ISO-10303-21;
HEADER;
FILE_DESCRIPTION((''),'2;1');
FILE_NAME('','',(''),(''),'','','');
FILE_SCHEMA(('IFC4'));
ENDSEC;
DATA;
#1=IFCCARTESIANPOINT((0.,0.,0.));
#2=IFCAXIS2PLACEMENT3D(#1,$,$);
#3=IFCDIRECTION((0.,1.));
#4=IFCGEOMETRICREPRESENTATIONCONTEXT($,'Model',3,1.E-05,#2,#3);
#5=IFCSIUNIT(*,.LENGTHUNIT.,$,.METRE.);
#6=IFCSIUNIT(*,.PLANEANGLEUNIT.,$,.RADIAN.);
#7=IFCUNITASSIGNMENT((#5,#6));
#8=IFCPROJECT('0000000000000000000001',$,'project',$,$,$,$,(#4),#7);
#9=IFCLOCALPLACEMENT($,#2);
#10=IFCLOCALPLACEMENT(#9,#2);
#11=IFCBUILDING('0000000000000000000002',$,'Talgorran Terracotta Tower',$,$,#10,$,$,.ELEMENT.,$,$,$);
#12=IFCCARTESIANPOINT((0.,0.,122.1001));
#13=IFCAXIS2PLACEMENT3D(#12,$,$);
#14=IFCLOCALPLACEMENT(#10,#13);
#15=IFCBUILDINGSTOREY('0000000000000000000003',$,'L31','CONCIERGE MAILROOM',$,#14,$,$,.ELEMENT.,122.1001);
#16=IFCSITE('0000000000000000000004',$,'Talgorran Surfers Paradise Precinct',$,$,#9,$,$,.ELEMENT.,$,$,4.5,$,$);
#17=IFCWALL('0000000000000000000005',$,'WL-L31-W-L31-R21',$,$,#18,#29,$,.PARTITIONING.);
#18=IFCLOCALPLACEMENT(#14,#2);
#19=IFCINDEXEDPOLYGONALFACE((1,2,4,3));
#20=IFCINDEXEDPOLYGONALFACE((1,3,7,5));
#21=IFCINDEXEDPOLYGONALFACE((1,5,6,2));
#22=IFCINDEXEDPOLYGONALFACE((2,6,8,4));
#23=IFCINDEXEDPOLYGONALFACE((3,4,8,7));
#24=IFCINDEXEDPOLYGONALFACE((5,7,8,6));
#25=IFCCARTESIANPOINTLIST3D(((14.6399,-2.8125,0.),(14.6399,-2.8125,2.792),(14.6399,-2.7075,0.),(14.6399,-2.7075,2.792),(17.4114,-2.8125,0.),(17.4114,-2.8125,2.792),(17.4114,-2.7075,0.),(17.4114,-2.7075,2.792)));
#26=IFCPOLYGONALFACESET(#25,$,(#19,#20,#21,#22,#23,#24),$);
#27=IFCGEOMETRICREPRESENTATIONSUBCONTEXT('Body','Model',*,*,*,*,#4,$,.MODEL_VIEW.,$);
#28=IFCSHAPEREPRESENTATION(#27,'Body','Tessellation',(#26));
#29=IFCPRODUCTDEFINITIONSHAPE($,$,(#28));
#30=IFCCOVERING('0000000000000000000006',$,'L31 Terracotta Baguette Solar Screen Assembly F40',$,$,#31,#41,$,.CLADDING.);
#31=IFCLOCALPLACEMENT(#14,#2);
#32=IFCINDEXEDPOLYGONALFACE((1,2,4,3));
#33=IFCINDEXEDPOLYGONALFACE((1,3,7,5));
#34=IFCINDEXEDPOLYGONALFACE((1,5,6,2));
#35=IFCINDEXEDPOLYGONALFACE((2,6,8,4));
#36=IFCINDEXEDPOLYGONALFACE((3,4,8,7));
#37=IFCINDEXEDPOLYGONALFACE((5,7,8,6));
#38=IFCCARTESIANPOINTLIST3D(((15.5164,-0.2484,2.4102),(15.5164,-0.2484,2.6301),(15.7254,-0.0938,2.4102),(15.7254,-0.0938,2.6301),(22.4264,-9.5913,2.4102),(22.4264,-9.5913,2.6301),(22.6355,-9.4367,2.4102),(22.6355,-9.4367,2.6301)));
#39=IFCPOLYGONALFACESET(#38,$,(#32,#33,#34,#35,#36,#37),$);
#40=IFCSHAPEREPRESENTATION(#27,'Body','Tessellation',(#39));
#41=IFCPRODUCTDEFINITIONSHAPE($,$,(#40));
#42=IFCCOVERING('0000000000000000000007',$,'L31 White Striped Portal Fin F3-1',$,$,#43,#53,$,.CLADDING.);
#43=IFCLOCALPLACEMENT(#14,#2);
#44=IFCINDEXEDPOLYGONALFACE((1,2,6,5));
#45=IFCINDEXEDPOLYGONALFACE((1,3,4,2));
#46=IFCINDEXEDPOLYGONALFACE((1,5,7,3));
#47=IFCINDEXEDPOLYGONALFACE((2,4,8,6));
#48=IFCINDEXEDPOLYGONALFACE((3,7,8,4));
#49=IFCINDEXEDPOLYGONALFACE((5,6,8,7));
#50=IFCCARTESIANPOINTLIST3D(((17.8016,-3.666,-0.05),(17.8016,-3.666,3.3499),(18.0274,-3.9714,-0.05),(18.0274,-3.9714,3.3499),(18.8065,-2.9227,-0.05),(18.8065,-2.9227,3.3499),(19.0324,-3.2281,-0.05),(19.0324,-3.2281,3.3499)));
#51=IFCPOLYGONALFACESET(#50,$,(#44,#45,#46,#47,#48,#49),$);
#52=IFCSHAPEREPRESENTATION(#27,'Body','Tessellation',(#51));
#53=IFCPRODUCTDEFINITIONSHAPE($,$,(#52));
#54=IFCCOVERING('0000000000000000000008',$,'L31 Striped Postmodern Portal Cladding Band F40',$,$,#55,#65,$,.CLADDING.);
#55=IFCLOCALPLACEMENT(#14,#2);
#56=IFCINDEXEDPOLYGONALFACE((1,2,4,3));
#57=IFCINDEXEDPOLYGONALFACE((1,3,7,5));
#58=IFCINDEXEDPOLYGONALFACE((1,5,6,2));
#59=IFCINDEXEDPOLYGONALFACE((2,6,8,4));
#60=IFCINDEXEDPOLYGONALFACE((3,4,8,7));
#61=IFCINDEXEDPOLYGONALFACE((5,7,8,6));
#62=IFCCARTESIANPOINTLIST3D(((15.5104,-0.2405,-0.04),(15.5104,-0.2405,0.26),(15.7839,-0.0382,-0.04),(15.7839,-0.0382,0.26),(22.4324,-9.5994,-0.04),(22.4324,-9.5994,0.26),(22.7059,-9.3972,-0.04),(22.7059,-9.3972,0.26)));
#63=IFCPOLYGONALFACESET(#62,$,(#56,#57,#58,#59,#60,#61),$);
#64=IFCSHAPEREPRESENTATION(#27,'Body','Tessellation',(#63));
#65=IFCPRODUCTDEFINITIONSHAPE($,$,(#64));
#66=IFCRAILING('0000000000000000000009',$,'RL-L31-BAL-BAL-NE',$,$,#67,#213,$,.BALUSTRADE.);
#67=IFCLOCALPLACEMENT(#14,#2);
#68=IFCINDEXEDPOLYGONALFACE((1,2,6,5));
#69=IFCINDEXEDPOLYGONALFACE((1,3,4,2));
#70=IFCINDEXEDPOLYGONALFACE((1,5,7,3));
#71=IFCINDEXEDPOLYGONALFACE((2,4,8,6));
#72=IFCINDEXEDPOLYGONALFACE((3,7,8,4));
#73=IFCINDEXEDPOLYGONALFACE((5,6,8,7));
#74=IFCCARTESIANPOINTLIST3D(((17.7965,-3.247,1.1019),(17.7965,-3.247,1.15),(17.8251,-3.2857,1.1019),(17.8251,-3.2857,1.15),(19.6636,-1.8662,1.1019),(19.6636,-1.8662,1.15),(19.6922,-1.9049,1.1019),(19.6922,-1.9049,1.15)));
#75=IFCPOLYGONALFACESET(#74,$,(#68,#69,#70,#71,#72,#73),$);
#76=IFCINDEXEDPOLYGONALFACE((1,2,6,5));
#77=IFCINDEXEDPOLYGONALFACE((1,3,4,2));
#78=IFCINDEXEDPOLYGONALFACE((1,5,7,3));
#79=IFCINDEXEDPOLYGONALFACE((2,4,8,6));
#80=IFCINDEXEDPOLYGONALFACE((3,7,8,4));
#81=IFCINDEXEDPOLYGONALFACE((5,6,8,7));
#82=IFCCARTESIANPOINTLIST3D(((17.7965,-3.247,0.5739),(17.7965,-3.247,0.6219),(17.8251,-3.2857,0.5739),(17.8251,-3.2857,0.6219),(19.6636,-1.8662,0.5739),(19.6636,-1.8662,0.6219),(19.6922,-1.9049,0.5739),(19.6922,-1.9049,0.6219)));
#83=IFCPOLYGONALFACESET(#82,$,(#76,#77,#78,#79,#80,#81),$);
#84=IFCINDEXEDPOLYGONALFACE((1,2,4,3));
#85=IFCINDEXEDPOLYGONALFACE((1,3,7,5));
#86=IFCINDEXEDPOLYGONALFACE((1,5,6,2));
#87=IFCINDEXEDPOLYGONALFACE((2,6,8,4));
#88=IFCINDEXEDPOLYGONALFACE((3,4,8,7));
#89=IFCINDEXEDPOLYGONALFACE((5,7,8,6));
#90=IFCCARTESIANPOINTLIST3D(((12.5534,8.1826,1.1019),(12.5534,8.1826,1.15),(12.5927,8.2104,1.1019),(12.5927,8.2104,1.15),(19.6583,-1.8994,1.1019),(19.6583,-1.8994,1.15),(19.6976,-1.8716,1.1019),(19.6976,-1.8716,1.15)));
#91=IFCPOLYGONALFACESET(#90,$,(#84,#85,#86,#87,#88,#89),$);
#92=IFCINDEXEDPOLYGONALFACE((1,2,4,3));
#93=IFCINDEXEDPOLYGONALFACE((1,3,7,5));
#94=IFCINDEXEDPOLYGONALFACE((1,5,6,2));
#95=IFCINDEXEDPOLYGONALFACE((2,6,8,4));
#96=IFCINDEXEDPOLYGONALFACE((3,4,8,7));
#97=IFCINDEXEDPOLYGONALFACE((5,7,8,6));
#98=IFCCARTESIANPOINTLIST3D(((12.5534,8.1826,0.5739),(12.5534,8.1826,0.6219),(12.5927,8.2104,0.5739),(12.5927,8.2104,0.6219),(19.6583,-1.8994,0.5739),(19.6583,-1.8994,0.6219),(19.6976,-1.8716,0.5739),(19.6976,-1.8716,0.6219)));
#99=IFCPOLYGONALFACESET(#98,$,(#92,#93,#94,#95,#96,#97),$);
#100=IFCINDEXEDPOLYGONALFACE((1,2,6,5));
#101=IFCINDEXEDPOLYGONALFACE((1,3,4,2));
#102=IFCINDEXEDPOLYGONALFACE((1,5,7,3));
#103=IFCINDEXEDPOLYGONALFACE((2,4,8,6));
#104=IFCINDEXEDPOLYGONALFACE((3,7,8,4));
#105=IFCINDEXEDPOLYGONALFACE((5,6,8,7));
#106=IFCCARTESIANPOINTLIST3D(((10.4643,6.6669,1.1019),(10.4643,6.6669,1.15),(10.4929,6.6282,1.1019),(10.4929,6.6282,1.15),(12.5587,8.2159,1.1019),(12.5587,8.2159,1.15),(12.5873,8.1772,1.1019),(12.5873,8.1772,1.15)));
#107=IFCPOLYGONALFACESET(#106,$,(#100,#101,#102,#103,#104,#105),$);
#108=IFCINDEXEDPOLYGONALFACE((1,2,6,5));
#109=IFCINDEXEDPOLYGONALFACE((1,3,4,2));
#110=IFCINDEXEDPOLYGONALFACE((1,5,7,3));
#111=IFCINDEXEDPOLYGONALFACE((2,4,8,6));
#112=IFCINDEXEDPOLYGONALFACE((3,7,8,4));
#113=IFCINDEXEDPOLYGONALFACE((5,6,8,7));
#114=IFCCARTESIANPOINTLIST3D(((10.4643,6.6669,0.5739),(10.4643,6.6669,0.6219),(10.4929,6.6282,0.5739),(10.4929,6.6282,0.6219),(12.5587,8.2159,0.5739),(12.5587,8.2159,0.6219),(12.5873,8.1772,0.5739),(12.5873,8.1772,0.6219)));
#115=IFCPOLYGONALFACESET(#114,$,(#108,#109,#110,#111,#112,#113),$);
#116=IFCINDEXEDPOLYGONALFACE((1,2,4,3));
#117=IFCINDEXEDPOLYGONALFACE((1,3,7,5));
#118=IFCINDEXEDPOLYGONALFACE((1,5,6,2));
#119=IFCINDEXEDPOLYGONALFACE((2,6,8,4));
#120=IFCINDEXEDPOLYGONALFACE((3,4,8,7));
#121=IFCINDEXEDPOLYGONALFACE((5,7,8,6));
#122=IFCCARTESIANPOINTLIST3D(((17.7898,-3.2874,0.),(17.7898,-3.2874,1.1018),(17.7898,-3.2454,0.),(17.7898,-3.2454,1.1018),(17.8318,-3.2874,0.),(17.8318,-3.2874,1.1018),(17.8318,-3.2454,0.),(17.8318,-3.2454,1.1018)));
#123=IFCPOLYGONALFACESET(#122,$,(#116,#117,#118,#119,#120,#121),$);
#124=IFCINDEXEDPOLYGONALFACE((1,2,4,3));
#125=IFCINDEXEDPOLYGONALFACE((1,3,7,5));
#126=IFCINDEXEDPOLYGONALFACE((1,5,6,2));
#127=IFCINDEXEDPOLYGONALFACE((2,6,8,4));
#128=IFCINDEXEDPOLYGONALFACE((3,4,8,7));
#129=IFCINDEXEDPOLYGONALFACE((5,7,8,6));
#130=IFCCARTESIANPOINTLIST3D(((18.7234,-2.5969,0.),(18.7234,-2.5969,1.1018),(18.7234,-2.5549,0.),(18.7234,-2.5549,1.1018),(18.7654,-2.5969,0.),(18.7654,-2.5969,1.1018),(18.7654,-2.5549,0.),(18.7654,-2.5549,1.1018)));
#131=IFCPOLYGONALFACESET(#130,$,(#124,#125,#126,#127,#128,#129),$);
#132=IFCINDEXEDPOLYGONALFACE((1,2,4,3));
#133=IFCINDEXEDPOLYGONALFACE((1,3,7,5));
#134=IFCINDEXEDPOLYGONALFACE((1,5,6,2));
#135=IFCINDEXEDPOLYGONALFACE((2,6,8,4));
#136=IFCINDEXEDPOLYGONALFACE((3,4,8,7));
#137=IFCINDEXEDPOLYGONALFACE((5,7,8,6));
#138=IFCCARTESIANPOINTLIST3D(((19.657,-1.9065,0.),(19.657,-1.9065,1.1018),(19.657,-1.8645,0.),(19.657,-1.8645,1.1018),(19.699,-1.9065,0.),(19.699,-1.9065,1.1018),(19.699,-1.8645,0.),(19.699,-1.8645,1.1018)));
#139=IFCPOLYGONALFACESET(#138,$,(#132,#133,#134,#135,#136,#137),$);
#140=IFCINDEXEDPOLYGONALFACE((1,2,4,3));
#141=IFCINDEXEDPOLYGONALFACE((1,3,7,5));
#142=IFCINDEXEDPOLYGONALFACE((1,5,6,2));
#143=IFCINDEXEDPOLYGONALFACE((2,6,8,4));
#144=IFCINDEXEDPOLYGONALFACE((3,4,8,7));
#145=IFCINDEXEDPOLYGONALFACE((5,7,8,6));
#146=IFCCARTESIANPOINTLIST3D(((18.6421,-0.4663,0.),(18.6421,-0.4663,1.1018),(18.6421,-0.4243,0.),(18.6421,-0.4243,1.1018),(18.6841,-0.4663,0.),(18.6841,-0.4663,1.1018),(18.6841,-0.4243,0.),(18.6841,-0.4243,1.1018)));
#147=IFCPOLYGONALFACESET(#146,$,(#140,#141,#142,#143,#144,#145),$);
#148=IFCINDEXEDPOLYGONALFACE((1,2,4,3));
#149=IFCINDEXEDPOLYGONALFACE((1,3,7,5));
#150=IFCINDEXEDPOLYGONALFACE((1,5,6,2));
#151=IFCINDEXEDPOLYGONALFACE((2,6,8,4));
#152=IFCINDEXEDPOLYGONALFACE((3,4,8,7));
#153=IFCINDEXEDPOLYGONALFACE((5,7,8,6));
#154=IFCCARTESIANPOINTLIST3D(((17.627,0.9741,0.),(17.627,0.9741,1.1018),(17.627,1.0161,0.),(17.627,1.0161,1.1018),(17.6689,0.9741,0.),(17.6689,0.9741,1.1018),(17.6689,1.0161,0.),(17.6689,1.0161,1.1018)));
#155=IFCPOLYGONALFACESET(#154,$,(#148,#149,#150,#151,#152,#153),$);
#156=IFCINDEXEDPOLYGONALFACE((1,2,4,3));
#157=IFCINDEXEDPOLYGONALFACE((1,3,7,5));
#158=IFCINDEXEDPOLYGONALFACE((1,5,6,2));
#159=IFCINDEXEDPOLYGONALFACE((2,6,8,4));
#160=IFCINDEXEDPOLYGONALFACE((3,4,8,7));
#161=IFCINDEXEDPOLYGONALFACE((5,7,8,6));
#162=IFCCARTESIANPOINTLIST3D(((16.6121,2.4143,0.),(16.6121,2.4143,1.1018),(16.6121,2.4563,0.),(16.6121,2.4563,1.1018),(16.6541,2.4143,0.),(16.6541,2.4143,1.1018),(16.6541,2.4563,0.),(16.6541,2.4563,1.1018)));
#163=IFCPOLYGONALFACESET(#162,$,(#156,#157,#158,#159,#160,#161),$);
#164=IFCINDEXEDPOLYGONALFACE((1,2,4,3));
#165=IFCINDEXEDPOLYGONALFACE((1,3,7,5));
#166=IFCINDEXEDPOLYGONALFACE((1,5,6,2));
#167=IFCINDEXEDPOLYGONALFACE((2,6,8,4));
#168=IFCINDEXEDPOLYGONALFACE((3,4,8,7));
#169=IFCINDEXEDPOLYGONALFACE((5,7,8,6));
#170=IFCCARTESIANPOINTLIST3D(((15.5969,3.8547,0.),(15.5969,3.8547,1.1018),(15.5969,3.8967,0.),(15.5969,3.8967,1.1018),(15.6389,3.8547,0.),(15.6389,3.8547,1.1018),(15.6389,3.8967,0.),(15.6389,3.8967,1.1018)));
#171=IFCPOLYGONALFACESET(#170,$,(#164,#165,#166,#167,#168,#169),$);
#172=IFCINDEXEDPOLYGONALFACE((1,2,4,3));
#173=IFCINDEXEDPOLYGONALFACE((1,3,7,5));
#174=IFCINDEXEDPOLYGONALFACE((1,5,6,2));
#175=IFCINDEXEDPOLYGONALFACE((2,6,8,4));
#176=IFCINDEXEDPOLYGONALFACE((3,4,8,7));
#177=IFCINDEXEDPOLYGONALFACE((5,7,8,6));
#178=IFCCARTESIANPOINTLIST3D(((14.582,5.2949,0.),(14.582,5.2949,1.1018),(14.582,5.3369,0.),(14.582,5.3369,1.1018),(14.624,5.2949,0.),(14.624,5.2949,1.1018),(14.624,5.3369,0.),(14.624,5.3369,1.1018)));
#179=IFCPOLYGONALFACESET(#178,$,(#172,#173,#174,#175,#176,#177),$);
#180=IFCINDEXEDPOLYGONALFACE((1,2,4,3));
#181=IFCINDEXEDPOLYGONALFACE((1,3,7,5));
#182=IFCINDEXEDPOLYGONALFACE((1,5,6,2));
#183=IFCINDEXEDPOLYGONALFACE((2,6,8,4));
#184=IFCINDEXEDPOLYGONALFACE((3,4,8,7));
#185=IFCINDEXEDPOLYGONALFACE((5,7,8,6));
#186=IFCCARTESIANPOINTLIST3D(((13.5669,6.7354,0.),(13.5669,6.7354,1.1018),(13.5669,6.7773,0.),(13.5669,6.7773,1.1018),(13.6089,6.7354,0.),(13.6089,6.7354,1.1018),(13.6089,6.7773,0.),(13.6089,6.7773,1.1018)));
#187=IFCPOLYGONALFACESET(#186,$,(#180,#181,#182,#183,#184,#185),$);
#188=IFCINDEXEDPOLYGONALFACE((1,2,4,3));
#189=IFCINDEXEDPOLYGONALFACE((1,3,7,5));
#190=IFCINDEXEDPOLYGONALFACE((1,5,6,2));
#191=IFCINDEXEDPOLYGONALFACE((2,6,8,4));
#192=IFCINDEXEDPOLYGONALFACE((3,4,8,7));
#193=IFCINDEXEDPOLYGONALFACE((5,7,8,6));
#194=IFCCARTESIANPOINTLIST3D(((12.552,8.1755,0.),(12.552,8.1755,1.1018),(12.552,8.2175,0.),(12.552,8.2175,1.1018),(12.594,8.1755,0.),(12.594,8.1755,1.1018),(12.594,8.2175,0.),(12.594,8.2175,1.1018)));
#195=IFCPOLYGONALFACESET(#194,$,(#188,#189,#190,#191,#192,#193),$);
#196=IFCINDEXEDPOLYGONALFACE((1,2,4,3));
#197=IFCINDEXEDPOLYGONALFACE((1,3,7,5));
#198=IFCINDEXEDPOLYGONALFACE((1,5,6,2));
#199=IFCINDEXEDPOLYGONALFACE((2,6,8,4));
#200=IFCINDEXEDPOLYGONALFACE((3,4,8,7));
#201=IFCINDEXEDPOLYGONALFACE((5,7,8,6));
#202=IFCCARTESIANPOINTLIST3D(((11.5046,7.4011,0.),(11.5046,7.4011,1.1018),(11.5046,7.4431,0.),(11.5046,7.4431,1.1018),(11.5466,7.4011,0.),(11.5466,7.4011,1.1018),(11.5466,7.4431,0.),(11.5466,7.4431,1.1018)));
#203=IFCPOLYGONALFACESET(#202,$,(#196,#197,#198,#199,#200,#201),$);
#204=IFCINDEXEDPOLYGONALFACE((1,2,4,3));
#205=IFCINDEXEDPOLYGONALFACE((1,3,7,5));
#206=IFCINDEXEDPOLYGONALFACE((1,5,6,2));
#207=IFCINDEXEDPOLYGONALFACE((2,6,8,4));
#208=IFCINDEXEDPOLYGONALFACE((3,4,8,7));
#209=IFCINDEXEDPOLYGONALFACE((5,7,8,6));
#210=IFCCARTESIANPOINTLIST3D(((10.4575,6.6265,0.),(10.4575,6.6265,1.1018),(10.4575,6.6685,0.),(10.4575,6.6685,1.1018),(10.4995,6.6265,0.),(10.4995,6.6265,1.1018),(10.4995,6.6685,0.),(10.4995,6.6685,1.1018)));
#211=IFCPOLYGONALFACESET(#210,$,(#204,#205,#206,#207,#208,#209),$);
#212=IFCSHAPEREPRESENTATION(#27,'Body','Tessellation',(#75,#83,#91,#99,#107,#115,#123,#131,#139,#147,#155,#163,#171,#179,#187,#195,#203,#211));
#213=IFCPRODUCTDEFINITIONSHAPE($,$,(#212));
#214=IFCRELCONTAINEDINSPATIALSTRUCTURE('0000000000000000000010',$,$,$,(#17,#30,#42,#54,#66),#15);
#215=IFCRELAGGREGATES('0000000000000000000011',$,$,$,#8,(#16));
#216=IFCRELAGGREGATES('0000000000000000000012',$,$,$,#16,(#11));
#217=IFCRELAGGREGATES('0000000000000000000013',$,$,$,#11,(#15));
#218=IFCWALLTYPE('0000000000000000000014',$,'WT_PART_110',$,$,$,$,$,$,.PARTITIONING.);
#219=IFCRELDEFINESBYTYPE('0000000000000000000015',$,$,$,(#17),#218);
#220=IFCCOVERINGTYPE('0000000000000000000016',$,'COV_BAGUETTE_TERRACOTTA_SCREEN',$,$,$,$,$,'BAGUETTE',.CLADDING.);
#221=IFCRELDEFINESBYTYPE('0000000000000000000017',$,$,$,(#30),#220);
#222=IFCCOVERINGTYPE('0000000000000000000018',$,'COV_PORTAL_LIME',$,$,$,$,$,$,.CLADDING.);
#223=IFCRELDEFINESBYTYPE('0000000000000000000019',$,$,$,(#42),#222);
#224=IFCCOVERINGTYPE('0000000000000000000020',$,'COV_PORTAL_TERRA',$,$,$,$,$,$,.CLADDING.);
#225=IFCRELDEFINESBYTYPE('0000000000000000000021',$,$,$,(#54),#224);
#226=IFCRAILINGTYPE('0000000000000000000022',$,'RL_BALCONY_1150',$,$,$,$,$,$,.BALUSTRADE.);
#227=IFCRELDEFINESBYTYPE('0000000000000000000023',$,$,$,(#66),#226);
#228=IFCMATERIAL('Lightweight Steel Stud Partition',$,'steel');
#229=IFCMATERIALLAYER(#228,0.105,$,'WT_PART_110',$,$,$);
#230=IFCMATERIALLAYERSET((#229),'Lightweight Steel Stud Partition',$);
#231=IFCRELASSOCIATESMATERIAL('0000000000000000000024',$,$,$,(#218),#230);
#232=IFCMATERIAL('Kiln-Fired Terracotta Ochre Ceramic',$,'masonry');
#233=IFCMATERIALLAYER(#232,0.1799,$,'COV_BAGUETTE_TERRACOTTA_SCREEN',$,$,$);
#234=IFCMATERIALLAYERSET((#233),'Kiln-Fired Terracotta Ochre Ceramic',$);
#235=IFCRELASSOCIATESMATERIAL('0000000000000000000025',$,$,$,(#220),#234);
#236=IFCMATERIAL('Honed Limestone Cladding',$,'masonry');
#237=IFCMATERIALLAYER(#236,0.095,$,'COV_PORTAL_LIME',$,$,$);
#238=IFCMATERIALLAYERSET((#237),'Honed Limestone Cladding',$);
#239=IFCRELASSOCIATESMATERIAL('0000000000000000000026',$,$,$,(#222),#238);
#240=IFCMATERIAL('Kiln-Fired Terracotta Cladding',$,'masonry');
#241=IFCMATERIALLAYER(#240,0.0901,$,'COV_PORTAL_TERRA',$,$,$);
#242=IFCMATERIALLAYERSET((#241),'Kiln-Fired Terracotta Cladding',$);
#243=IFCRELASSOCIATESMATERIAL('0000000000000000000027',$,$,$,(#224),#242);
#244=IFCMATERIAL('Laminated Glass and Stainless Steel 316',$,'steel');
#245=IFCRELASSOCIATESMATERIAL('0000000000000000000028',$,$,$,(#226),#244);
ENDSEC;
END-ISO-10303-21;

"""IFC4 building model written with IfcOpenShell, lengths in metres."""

from ifc_helpers import new_model, si_unit, direction, frame, frame_2d, origin, origin_2d, place, context, subcontext, project, spatial, rectangle, extrude, material, layer, layer_set, type_object, element, save


model = new_model("IFC4")

# Units and contexts
model_context = context("Model", 3, precision=1e-05, world=origin(), true_north=direction((0.0, 1.0)))
body_context = subcontext(model_context, "Body", "Model", "MODEL_VIEW")
ifc_project = project(units=[si_unit("LENGTHUNIT", "METRE"), si_unit("PLANEANGLEUNIT", "RADIAN")], contexts=[model_context])

# Site, building, storey
site_placement = place(None, origin())
site = spatial("IfcSite", under=ifc_project, at=site_placement, Name="Talgorran Surfers Paradise Precinct", CompositionType="ELEMENT", RefElevation=4.5)
building_placement = place(site_placement, origin())
building = spatial("IfcBuilding", under=site, at=building_placement, Name="Talgorran Terracotta Tower", CompositionType="ELEMENT")
storey_placement = place(building_placement, frame((0.0, 0.0, 122.1001)))
storey = spatial("IfcBuildingStorey", under=building, at=storey_placement, Name="L31", Description="CONCIERGE MAILROOM", CompositionType="ELEMENT", Elevation=122.1001)

# Wall
ifc_material_1 = material(Name="Lightweight Steel Stud Partition", Category="steel")
ifc_layer_1 = layer(ifc_material_1, 0.105, Name="WT_PART_110")
ifc_layer_set_1 = layer_set([ifc_layer_1], Name="Lightweight Steel Stud Partition")
wall_type_1 = type_object("IfcWallType", Name="WT_PART_110", PredefinedType="PARTITIONING", material=ifc_layer_set_1)
wall_1_placement = place(storey_placement, frame((14.6399, -2.76, 0.0), z_axis=(0.0, 0.0, 1.0), x_axis=(1.0, 0.0, 0.0)))
element("IfcWall", 1, at=wall_1_placement, inside=storey, type_object=wall_type_1, Name="WL-L31-W-L31-R21", PredefinedType="PARTITIONING", context=body_context, shape_type="SweptSolid", body=[
    extrude(rectangle(XDim=2.7715, YDim=0.105, at=frame_2d((1.3857, 0.0))), origin(), (0.0, 0.0, 1.0), 2.792),
])

# Coverings
ifc_material_2 = material(Name="Kiln-Fired Terracotta Ochre Ceramic", Category="masonry")
ifc_layer_2 = layer(ifc_material_2, 0.1799, Name="COV_BAGUETTE_TERRACOTTA_SCREEN")
ifc_layer_set_2 = layer_set([ifc_layer_2], Name="Kiln-Fired Terracotta Ochre Ceramic")
covering_type_1 = type_object("IfcCoveringType", Name="COV_BAGUETTE_TERRACOTTA_SCREEN", ElementType="BAGUETTE", PredefinedType="CLADDING", material=ifc_layer_set_2)
covering_1_placement = place(storey_placement, frame((19.0759, -4.8425, 2.4102), z_axis=(0.0, 0.0, 1.0), x_axis=(-0.59464, 0.803992, 0.0)))
element("IfcCovering", 2, at=covering_1_placement, inside=storey, type_object=covering_type_1, Name="L31 Terracotta Baguette Solar Screen Assembly F40", PredefinedType="CLADDING", context=body_context, shape_type="SweptSolid", body=[
    extrude(rectangle(XDim=11.6206, YDim=0.26, at=origin_2d()), origin(), (0.0, 0.0, 1.0), 0.22),
])
ifc_material_3 = material(Name="Honed Limestone Cladding", Category="masonry")
ifc_layer_3 = layer(ifc_material_3, 0.095, Name="COV_PORTAL_LIME")
ifc_layer_set_3 = layer_set([ifc_layer_3], Name="Honed Limestone Cladding")
covering_type_2 = type_object("IfcCoveringType", Name="COV_PORTAL_LIME", PredefinedType="CLADDING", material=ifc_layer_set_3)
covering_2_placement = place(storey_placement, frame((18.417, -3.447, -0.05), z_axis=(0.0, 0.0, 1.0), x_axis=(-0.59464, 0.803992, 0.0)))
element("IfcCovering", 3, at=covering_2_placement, inside=storey, type_object=covering_type_2, Name="L31 White Striped Portal Fin F3-1", PredefinedType="CLADDING", context=body_context, shape_type="SweptSolid", body=[
    extrude(rectangle(XDim=0.3799, YDim=1.25, at=origin_2d()), origin(), (0.0, 0.0, 1.0), 3.3999),
])
ifc_material_4 = material(Name="Kiln-Fired Terracotta Cladding", Category="masonry")
ifc_layer_4 = layer(ifc_material_4, 0.0901, Name="COV_PORTAL_TERRA")
ifc_layer_set_4 = layer_set([ifc_layer_4], Name="Kiln-Fired Terracotta Cladding")
covering_type_3 = type_object("IfcCoveringType", Name="COV_PORTAL_TERRA", PredefinedType="CLADDING", material=ifc_layer_set_4)
covering_3_placement = place(storey_placement, frame((19.1082, -4.8188, -0.04), z_axis=(0.0, 0.0, 1.0), x_axis=(-0.59464, 0.803992, 0.0)))
element("IfcCovering", 4, at=covering_3_placement, inside=storey, type_object=covering_type_3, Name="L31 Striped Postmodern Portal Cladding Band F40", PredefinedType="CLADDING", context=body_context, shape_type="SweptSolid", body=[
    extrude(rectangle(XDim=11.6406, YDim=0.3401, at=origin_2d()), origin(), (0.0, 0.0, 1.0), 0.3),
])

# Railing
ifc_material_5 = material(Name="Laminated Glass and Stainless Steel 316", Category="steel")
railing_type = type_object("IfcRailingType", Name="RL_BALCONY_1150", PredefinedType="BALUSTRADE", material=ifc_material_5)
railing_placement = place(storey_placement, frame((17.8108, -3.2664, 0.0)))
element("IfcRailing", 5, at=railing_placement, inside=storey, type_object=railing_type, Name="RL-L31-BAL-BAL-NE", PredefinedType="BALUSTRADE", context=body_context, shape_type="SweptSolid", body=[
    extrude(rectangle(XDim=0.0481, YDim=0.0481, at=origin_2d()), frame((0.0, 0.0, 1.126), z_axis=(0.804019, 0.594604, 0.0), x_axis=(-0.594604, 0.804019, 0.0)), (0.0, 0.0, 1.0), 2.3223),
    extrude(rectangle(XDim=0.0481, YDim=0.0481, at=origin_2d()), frame((0.0, 0.0, 0.5979), z_axis=(0.804019, 0.594604, 0.0), x_axis=(-0.594604, 0.804019, 0.0)), (0.0, 0.0, 1.0), 2.3223),
    extrude(rectangle(XDim=0.0481, YDim=0.0481, at=origin_2d()), frame((1.8672, 1.3809, 1.126), z_axis=(-0.576047, 0.817416, 0.0), x_axis=(-0.817416, -0.576047, 0.0)), (0.0, 0.0, 1.0), 12.334),
    extrude(rectangle(XDim=0.0481, YDim=0.0481, at=origin_2d()), frame((1.8672, 1.3809, 0.5979), z_axis=(-0.576047, 0.817416, 0.0), x_axis=(-0.817416, -0.576047, 0.0)), (0.0, 0.0, 1.0), 12.334),
    extrude(rectangle(XDim=0.0481, YDim=0.0481, at=origin_2d()), frame((-5.2378, 11.4629, 1.126), z_axis=(-0.803997, -0.594633, 0.0), x_axis=(0.594633, -0.803997, 0.0)), (0.0, 0.0, 1.0), 2.605),
    extrude(rectangle(XDim=0.0481, YDim=0.0481, at=origin_2d()), frame((-5.2378, 11.4629, 0.5979), z_axis=(-0.803997, -0.594633, 0.0), x_axis=(0.594633, -0.803997, 0.0)), (0.0, 0.0, 1.0), 2.605),
    extrude(rectangle(XDim=0.042, YDim=0.042, at=origin_2d()), origin(), (0.0, 0.0, 1.0), 1.1018),
    extrude(rectangle(XDim=0.042, YDim=0.042, at=origin_2d()), frame((0.9336, 0.6904, 0.0)), (0.0, 0.0, 1.0), 1.1018),
    extrude(rectangle(XDim=0.042, YDim=0.042, at=origin_2d()), frame((1.8672, 1.3809, 0.0)), (0.0, 0.0, 1.0), 1.1018),
    extrude(rectangle(XDim=0.042, YDim=0.042, at=origin_2d()), frame((0.8523, 2.821, 0.0)), (0.0, 0.0, 1.0), 1.1018),
    extrude(rectangle(XDim=0.042, YDim=0.042, at=origin_2d()), frame((-0.1628, 4.2615, 0.0)), (0.0, 0.0, 1.0), 1.1018),
    extrude(rectangle(XDim=0.042, YDim=0.042, at=origin_2d()), frame((-1.1777, 5.7017, 0.0)), (0.0, 0.0, 1.0), 1.1018),
    extrude(rectangle(XDim=0.042, YDim=0.042, at=origin_2d()), frame((-2.1929, 7.1421, 0.0)), (0.0, 0.0, 1.0), 1.1018),
    extrude(rectangle(XDim=0.042, YDim=0.042, at=origin_2d()), frame((-3.2078, 8.5823, 0.0)), (0.0, 0.0, 1.0), 1.1018),
    extrude(rectangle(XDim=0.042, YDim=0.042, at=origin_2d()), frame((-4.2229, 10.0227, 0.0)), (0.0, 0.0, 1.0), 1.1018),
    extrude(rectangle(XDim=0.042, YDim=0.042, at=origin_2d()), frame((-5.2378, 11.4629, 0.0)), (0.0, 0.0, 1.0), 1.1018),
    extrude(rectangle(XDim=0.042, YDim=0.042, at=origin_2d()), frame((-6.2852, 10.6885, 0.0)), (0.0, 0.0, 1.0), 1.1018),
    extrude(rectangle(XDim=0.042, YDim=0.042, at=origin_2d()), frame((-7.3323, 9.9138, 0.0)), (0.0, 0.0, 1.0), 1.1018),
])

save(model, "model.ifc")
